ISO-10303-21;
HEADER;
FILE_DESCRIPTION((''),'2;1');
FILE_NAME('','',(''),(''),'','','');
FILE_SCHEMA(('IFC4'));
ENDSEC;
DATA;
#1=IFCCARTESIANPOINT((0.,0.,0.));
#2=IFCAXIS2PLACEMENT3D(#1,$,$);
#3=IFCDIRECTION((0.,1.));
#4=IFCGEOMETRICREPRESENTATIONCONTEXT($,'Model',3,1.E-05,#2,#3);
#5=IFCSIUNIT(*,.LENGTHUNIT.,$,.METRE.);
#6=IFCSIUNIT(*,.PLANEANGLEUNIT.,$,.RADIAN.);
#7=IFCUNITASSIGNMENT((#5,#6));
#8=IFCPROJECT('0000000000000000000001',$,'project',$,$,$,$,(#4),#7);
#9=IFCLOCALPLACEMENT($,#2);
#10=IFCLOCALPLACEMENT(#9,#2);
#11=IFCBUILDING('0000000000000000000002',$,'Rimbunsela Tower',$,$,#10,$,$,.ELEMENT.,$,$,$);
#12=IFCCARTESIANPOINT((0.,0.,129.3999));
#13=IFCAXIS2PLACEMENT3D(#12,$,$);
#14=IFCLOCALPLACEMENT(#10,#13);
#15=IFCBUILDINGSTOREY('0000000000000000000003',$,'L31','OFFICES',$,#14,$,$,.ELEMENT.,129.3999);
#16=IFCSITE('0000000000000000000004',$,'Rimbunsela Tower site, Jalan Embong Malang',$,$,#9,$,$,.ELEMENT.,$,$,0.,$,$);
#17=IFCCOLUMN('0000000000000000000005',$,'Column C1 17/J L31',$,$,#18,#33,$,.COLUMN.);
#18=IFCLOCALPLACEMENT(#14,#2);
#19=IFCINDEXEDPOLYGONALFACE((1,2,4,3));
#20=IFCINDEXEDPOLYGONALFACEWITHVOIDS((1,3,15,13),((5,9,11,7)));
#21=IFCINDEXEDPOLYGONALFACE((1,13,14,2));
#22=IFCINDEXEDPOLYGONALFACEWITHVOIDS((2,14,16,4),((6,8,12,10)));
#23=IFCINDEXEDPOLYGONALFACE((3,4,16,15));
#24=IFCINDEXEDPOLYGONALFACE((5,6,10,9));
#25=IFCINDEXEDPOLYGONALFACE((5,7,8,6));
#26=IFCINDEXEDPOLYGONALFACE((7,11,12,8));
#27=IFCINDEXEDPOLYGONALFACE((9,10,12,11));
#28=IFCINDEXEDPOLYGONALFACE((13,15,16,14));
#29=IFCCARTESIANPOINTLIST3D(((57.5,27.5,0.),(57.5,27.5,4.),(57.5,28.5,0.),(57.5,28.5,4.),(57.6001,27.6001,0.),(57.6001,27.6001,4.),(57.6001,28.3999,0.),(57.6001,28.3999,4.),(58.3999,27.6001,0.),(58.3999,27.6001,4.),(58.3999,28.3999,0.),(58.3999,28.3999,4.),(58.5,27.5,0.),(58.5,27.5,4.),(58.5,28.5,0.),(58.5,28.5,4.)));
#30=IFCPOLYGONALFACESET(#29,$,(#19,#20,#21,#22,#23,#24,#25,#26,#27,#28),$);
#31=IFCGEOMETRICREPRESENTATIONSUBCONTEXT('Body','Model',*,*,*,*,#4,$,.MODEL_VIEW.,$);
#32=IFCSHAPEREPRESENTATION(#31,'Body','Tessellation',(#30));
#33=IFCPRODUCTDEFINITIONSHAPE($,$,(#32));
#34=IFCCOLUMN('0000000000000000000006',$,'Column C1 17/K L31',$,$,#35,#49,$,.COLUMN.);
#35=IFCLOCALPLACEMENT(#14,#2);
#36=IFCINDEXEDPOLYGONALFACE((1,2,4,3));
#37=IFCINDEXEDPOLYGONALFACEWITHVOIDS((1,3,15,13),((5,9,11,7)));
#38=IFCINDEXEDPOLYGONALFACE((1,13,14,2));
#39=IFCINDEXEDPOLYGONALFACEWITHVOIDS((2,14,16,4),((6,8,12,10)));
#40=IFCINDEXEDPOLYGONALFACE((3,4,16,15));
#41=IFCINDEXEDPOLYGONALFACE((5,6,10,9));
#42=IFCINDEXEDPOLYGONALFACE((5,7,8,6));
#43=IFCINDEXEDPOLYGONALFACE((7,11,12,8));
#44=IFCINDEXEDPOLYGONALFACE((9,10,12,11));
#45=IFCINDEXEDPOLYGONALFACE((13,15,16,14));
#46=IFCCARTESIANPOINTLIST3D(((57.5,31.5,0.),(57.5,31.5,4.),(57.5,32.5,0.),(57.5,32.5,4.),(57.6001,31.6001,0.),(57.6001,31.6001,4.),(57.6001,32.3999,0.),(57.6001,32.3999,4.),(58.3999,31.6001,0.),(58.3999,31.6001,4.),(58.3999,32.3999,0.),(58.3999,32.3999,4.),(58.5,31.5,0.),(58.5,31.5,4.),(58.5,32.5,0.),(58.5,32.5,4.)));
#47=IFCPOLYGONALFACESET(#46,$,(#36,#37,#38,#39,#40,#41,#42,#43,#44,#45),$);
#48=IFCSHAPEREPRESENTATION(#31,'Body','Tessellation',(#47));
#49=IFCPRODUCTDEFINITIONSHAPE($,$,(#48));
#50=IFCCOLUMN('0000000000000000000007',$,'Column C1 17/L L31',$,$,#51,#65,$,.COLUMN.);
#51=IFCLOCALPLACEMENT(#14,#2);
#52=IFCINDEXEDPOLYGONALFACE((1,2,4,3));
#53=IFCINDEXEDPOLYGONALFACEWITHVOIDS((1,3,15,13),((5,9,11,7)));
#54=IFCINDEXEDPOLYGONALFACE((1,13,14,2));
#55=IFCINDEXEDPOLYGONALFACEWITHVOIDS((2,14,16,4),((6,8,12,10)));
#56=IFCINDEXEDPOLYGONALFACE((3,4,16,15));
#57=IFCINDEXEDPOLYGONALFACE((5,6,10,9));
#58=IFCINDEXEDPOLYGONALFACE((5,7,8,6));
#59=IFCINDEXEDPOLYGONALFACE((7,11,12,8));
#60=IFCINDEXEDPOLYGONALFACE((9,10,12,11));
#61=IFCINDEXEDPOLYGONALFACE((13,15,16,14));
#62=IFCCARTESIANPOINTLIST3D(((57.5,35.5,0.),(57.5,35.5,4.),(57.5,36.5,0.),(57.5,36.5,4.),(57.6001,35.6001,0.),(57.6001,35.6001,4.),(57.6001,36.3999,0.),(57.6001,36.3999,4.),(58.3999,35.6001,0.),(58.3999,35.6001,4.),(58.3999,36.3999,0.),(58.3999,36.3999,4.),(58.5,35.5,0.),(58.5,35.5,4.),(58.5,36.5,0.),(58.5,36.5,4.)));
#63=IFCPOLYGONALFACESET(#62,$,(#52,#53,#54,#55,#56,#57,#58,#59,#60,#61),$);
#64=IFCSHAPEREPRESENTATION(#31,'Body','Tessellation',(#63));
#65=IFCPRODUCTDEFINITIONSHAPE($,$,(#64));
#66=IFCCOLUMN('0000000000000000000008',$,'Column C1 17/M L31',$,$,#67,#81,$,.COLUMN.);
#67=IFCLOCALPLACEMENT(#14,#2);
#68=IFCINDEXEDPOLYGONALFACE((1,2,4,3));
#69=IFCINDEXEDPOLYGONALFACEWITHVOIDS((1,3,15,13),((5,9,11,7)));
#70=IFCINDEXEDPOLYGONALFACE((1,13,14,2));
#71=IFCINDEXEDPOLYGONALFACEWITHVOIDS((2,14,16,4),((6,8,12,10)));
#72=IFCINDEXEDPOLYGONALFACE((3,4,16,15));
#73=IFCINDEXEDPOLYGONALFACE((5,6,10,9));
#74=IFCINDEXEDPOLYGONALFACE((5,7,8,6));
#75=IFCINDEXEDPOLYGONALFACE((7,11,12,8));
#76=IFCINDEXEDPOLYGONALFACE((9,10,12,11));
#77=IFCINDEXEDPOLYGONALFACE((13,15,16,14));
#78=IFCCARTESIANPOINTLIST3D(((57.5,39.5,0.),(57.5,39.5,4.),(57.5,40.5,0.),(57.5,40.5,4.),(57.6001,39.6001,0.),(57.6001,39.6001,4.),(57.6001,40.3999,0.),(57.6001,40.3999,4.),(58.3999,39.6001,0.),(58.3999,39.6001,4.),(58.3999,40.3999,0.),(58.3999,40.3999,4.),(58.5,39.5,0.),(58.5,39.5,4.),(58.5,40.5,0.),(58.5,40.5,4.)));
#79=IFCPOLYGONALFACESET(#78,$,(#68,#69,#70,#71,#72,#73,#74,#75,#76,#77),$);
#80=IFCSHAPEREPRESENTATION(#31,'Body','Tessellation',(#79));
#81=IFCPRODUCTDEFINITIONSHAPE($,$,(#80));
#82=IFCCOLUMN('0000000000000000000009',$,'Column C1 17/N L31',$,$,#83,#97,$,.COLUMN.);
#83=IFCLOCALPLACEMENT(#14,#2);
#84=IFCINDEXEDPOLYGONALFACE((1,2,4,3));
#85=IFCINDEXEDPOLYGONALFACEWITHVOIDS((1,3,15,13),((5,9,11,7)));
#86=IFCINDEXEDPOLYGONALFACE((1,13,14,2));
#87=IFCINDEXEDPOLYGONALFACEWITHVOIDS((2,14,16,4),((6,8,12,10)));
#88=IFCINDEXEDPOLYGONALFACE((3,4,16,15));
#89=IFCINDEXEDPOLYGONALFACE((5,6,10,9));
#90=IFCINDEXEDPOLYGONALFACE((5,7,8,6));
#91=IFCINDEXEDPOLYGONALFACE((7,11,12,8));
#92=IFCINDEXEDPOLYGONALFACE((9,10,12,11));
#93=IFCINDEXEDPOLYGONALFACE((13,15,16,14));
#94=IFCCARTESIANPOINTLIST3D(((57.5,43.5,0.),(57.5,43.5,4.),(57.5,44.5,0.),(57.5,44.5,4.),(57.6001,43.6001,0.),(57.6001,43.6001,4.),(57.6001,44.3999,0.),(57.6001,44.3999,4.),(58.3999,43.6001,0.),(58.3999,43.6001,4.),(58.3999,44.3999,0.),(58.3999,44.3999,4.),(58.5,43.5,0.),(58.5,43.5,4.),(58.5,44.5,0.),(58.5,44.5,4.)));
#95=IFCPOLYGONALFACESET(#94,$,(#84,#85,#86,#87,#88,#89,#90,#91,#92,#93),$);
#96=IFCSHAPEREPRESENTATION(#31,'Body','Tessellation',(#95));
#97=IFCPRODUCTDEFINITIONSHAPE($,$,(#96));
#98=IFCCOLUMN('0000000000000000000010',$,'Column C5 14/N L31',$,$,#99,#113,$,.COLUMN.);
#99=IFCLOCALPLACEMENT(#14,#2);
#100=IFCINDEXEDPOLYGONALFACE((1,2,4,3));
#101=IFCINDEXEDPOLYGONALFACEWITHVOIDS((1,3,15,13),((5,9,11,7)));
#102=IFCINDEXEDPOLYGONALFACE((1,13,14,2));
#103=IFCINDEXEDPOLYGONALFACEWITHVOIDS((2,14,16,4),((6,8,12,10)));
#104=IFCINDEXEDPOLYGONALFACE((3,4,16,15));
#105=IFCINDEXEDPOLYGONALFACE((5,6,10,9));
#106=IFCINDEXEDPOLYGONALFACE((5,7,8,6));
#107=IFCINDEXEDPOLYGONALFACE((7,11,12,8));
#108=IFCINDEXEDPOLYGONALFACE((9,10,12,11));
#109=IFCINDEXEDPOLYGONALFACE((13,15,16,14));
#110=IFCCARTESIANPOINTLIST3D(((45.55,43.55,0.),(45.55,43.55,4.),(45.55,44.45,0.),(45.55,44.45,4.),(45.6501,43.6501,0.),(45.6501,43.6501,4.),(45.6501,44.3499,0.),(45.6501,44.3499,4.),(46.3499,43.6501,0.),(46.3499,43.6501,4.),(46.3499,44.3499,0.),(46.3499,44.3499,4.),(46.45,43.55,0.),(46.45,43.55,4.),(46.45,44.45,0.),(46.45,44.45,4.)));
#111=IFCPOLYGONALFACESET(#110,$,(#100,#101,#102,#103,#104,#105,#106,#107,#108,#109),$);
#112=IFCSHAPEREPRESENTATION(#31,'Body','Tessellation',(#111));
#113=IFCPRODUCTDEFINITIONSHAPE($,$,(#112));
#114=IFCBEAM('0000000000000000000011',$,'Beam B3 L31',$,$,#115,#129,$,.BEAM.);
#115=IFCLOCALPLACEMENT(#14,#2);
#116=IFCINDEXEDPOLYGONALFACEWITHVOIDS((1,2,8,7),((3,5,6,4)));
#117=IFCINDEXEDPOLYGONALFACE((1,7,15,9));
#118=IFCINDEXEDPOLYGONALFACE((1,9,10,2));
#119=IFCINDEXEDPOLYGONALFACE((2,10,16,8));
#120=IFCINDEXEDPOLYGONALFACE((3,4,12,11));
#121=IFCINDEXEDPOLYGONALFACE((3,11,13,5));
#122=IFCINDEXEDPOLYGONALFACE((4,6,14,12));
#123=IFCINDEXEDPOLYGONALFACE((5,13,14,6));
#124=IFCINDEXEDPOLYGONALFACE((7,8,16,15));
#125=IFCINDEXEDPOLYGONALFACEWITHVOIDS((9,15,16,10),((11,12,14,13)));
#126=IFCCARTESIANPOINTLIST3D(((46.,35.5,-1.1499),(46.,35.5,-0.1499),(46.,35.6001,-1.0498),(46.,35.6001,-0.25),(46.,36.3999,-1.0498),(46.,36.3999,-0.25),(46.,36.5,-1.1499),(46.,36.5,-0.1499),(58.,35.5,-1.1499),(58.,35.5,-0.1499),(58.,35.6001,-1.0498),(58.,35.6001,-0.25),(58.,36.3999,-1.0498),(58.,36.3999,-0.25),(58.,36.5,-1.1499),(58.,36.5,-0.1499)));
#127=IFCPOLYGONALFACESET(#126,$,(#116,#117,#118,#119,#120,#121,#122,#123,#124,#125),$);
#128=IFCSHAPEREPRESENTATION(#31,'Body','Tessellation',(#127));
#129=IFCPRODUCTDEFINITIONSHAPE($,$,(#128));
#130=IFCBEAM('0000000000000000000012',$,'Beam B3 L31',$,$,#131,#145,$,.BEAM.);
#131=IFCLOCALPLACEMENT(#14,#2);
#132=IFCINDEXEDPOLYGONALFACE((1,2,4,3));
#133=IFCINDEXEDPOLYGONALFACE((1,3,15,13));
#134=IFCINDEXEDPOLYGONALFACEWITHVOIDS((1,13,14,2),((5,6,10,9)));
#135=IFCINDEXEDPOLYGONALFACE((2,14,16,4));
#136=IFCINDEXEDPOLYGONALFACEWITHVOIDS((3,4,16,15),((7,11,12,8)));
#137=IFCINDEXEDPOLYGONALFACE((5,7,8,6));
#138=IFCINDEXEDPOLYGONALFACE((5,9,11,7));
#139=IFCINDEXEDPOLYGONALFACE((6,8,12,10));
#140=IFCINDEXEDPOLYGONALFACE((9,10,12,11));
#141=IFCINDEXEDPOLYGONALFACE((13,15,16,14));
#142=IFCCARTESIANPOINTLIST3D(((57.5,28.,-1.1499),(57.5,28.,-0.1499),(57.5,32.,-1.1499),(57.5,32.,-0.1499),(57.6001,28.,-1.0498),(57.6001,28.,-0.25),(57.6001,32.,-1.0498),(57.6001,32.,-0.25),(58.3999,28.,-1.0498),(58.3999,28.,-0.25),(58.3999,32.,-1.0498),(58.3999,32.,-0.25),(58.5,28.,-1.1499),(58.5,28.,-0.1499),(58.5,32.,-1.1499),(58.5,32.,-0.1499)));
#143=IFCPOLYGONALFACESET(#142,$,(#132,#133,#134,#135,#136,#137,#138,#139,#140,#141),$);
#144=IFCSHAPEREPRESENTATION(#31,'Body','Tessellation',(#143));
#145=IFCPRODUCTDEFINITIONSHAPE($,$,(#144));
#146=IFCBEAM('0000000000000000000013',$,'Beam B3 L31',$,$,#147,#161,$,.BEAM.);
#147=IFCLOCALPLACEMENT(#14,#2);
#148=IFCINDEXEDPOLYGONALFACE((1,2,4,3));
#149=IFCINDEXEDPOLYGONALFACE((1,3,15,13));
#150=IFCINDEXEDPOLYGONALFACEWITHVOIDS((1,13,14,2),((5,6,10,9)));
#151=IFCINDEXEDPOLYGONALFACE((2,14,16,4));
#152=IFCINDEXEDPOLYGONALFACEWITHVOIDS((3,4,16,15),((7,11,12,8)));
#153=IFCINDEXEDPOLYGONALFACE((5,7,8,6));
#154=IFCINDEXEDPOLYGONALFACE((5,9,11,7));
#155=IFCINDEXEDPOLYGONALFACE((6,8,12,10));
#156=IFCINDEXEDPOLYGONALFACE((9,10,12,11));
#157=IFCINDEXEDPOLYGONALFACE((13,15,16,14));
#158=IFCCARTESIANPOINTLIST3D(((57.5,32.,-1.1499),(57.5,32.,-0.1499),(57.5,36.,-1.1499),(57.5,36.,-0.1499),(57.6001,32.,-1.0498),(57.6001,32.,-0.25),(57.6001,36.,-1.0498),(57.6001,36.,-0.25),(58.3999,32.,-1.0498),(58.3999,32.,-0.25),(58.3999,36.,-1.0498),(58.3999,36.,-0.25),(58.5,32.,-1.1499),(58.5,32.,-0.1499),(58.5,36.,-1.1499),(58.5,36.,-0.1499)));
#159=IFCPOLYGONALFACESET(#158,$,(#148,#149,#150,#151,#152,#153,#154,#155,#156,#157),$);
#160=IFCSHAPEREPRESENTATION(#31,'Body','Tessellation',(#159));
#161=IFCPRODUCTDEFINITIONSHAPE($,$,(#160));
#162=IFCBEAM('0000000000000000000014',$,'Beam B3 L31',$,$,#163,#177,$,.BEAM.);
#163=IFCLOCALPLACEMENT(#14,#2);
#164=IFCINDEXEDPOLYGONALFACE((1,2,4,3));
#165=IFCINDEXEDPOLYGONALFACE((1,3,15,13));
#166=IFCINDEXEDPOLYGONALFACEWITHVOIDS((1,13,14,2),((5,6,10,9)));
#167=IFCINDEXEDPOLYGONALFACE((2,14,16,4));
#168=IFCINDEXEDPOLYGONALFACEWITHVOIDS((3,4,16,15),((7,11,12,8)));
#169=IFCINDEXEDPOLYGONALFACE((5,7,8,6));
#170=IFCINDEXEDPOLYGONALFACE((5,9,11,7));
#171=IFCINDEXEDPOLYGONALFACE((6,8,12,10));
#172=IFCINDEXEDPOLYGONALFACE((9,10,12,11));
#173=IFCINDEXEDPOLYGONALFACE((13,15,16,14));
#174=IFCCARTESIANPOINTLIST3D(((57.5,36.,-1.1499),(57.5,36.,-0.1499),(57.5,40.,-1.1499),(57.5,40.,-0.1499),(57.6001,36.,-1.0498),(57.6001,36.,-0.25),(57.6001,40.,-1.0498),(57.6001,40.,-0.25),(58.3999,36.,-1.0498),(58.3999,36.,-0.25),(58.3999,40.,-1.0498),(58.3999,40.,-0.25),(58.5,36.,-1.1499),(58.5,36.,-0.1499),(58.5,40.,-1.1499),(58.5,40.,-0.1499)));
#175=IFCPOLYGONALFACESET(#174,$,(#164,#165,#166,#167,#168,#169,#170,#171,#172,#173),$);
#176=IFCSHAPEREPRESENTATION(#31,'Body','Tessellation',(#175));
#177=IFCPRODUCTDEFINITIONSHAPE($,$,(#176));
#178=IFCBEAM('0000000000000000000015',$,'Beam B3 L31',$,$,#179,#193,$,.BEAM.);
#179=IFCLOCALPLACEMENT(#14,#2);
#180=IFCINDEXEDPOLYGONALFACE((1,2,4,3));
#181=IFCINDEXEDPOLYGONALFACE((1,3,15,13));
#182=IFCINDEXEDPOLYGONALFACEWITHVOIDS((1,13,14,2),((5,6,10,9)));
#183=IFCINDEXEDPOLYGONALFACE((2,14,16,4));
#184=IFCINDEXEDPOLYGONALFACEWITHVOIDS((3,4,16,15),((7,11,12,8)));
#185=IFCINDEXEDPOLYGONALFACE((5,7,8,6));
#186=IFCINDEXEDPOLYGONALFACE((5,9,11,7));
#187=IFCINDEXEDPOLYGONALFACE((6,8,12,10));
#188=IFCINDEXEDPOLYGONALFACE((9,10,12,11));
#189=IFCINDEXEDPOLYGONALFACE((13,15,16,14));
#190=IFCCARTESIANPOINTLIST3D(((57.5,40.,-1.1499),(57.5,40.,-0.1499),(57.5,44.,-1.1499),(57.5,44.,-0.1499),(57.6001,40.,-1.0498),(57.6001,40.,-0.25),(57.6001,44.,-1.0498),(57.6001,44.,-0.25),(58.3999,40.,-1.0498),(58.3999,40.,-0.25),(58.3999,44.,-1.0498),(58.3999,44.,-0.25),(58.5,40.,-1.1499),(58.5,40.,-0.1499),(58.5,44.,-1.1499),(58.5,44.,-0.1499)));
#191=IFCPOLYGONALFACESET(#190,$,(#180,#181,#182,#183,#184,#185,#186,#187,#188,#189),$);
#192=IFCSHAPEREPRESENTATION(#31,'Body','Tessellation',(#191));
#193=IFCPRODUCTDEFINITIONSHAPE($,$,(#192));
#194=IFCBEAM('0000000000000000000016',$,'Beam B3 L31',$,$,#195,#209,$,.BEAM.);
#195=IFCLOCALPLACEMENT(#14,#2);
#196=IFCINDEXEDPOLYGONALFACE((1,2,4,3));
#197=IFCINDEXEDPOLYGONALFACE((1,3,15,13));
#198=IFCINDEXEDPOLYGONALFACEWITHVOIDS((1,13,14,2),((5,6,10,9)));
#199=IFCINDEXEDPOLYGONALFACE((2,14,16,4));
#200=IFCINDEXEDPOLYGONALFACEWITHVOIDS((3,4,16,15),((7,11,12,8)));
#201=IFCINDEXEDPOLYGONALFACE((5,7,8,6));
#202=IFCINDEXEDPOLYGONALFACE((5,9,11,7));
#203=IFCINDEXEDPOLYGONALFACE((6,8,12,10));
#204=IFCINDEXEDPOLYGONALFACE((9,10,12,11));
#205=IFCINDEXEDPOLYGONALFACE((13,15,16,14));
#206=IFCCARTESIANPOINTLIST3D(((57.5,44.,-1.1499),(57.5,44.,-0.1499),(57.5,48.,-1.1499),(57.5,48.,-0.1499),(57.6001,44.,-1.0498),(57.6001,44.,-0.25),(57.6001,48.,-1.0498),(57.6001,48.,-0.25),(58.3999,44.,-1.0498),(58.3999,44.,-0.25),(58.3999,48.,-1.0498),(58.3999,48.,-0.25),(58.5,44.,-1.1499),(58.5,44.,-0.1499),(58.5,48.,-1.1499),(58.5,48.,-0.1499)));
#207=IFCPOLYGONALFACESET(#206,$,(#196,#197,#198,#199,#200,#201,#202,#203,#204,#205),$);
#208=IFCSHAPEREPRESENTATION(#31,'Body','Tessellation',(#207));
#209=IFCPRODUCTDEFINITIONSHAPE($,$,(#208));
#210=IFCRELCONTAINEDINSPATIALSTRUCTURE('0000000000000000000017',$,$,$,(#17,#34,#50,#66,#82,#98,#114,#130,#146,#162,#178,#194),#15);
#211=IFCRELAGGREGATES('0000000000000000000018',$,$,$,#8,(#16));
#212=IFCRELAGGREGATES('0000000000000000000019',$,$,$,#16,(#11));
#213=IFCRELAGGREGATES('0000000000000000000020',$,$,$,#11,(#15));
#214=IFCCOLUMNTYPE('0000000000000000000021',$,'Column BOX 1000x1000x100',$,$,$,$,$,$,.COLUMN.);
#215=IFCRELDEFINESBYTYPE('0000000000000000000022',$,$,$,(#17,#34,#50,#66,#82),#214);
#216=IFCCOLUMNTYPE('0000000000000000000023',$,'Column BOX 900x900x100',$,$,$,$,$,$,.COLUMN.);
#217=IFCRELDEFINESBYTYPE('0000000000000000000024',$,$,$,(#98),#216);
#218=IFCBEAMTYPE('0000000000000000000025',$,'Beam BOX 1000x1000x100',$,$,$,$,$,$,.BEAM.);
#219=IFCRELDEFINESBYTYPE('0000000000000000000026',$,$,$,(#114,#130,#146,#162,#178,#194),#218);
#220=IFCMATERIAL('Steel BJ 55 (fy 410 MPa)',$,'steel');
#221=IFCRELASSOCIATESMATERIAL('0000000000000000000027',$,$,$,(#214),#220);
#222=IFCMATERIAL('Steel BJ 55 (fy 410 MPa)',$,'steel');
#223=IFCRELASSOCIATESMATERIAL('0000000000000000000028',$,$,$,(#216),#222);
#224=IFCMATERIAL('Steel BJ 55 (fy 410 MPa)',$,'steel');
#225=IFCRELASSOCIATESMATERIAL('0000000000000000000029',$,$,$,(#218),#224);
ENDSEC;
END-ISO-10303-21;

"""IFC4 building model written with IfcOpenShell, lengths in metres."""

from ifc_helpers import new_model, si_unit, direction, frame, origin, origin_2d, place, context, subcontext, project, spatial, hollow_rectangle, extrude, material, material_profile, profile_set, type_object, element, save


model = new_model("IFC4")

# Units and contexts
model_context = context("Model", 3, precision=1e-05, world=origin(), true_north=direction((0.0, 1.0)))
body_context = subcontext(model_context, "Body", "Model", "MODEL_VIEW")
ifc_project = project(units=[si_unit("LENGTHUNIT", "METRE"), si_unit("PLANEANGLEUNIT", "RADIAN")], contexts=[model_context])

# Site, building, storey
site_placement = place(None, origin())
site = spatial("IfcSite", under=ifc_project, at=site_placement, Name="Rimbunsela Tower site, Jalan Embong Malang", CompositionType="ELEMENT", RefElevation=0.0)
building_placement = place(site_placement, origin())
building = spatial("IfcBuilding", under=site, at=building_placement, Name="Rimbunsela Tower", CompositionType="ELEMENT")
storey_placement = place(building_placement, frame((0.0, 0.0, 129.3999)))
storey = spatial("IfcBuildingStorey", under=building, at=storey_placement, Name="L31", Description="OFFICES", CompositionType="ELEMENT", Elevation=129.3999)

# Columns
ifc_material_1 = material(Name="Steel BJ 55 (fy 410 MPa)", Category="steel")
ifc_material_profile_1 = material_profile(ifc_material_1, hollow_rectangle(XDim=1.0, YDim=1.0, WallThickness=0.1001, at=origin_2d()), Name="BOX 1000x1000x100")
ifc_profile_set_1 = profile_set([ifc_material_profile_1], Name="Steel BJ 55 (fy 410 MPa)")
column_type_1 = type_object("IfcColumnType", Name="Column BOX 1000x1000x100", PredefinedType="COLUMN", material=ifc_profile_set_1)
for number, where, z_axis, x_axis, name in (
    (1, (58.0, 28.0, 0.0), (0.0, 0.0, 1.0), (1.0, 0.0, 0.0), "Column C1 17/J L31"),
    (2, (58.0, 32.0, 0.0), (0.0, 0.0, 1.0), (1.0, 0.0, 0.0), "Column C1 17/K L31"),
    (3, (58.0, 36.0, 0.0), (0.0, 0.0, 1.0), (1.0, 0.0, 0.0), "Column C1 17/L L31"),
    (4, (58.0, 40.0, 0.0), (0.0, 0.0, 1.0), (1.0, 0.0, 0.0), "Column C1 17/M L31"),
    (5, (58.0, 44.0, 0.0), (0.0, 0.0, 1.0), (1.0, 0.0, 0.0), "Column C1 17/N L31"),
):
    element("IfcColumn", number, at=place(storey_placement, frame(where, z_axis=z_axis, x_axis=x_axis)), inside=storey, type_object=column_type_1, Name=name, PredefinedType="COLUMN", context=body_context, shape_type="SweptSolid", body=[
        extrude(hollow_rectangle(XDim=1.0, YDim=1.0, WallThickness=0.1001, at=origin_2d()), origin(), (0.0, 0.0, 1.0), 4.0),
    ])
ifc_material_2 = material(Name="Steel BJ 55 (fy 410 MPa)", Category="steel")
ifc_material_profile_2 = material_profile(ifc_material_2, hollow_rectangle(XDim=0.8999, YDim=0.8999, WallThickness=0.1001, at=origin_2d()), Name="BOX 900x900x100")
ifc_profile_set_2 = profile_set([ifc_material_profile_2], Name="Steel BJ 55 (fy 410 MPa)")
column_type_2 = type_object("IfcColumnType", Name="Column BOX 900x900x100", PredefinedType="COLUMN", material=ifc_profile_set_2)
column_placement = place(storey_placement, frame((46.0, 44.0, 0.0), z_axis=(0.0, 0.0, 1.0), x_axis=(1.0, 0.0, 0.0)))
element("IfcColumn", 6, at=column_placement, inside=storey, type_object=column_type_2, Name="Column C5 14/N L31", PredefinedType="COLUMN", context=body_context, shape_type="SweptSolid", body=[
    extrude(hollow_rectangle(XDim=0.8999, YDim=0.8999, WallThickness=0.1001, at=origin_2d()), origin(), (0.0, 0.0, 1.0), 4.0),
])

# Beams
ifc_material_3 = material(Name="Steel BJ 55 (fy 410 MPa)", Category="steel")
ifc_material_profile_3 = material_profile(ifc_material_3, hollow_rectangle(XDim=1.0, YDim=1.0, WallThickness=0.1001, at=origin_2d()), Name="BOX 1000x1000x100")
ifc_profile_set_3 = profile_set([ifc_material_profile_3], Name="Steel BJ 55 (fy 410 MPa)")
beam_type_1 = type_object("IfcBeamType", Name="Beam BOX 1000x1000x100", PredefinedType="BEAM", material=ifc_profile_set_3)
beam_placement = place(storey_placement, frame((46.0, 36.0, -0.6499), z_axis=(1.0, 0.0, 0.0), x_axis=(0.0, 1.0, 0.0)))
element("IfcBeam", 7, at=beam_placement, inside=storey, type_object=beam_type_1, Name="Beam B3 L31", PredefinedType="BEAM", context=body_context, shape_type="SweptSolid", body=[
    extrude(hollow_rectangle(XDim=1.0, YDim=1.0, WallThickness=0.1001, at=origin_2d()), origin(), (0.0, 0.0, 1.0), 12.0),
])
for number, where, z_axis, x_axis, name in (
    (8, (58.0, 28.0, -0.6499), (0.0, 1.0, 0.0), (-1.0, 0.0, 0.0), "Beam B3 L31"),
    (9, (58.0, 32.0, -0.6499), (0.0, 1.0, 0.0), (-1.0, 0.0, 0.0), "Beam B3 L31"),
    (10, (58.0, 36.0, -0.6499), (0.0, 1.0, 0.0), (-1.0, 0.0, 0.0), "Beam B3 L31"),
    (11, (58.0, 40.0, -0.6499), (0.0, 1.0, 0.0), (-1.0, 0.0, 0.0), "Beam B3 L31"),
    (12, (58.0, 44.0, -0.6499), (0.0, 1.0, 0.0), (-1.0, 0.0, 0.0), "Beam B3 L31"),
):
    element("IfcBeam", number, at=place(storey_placement, frame(where, z_axis=z_axis, x_axis=x_axis)), inside=storey, type_object=beam_type_1, Name=name, PredefinedType="BEAM", context=body_context, shape_type="SweptSolid", body=[
        extrude(hollow_rectangle(XDim=1.0, YDim=1.0, WallThickness=0.1001, at=origin_2d()), origin(), (0.0, 0.0, 1.0), 4.0),
    ])

save(model, "model.ifc")
